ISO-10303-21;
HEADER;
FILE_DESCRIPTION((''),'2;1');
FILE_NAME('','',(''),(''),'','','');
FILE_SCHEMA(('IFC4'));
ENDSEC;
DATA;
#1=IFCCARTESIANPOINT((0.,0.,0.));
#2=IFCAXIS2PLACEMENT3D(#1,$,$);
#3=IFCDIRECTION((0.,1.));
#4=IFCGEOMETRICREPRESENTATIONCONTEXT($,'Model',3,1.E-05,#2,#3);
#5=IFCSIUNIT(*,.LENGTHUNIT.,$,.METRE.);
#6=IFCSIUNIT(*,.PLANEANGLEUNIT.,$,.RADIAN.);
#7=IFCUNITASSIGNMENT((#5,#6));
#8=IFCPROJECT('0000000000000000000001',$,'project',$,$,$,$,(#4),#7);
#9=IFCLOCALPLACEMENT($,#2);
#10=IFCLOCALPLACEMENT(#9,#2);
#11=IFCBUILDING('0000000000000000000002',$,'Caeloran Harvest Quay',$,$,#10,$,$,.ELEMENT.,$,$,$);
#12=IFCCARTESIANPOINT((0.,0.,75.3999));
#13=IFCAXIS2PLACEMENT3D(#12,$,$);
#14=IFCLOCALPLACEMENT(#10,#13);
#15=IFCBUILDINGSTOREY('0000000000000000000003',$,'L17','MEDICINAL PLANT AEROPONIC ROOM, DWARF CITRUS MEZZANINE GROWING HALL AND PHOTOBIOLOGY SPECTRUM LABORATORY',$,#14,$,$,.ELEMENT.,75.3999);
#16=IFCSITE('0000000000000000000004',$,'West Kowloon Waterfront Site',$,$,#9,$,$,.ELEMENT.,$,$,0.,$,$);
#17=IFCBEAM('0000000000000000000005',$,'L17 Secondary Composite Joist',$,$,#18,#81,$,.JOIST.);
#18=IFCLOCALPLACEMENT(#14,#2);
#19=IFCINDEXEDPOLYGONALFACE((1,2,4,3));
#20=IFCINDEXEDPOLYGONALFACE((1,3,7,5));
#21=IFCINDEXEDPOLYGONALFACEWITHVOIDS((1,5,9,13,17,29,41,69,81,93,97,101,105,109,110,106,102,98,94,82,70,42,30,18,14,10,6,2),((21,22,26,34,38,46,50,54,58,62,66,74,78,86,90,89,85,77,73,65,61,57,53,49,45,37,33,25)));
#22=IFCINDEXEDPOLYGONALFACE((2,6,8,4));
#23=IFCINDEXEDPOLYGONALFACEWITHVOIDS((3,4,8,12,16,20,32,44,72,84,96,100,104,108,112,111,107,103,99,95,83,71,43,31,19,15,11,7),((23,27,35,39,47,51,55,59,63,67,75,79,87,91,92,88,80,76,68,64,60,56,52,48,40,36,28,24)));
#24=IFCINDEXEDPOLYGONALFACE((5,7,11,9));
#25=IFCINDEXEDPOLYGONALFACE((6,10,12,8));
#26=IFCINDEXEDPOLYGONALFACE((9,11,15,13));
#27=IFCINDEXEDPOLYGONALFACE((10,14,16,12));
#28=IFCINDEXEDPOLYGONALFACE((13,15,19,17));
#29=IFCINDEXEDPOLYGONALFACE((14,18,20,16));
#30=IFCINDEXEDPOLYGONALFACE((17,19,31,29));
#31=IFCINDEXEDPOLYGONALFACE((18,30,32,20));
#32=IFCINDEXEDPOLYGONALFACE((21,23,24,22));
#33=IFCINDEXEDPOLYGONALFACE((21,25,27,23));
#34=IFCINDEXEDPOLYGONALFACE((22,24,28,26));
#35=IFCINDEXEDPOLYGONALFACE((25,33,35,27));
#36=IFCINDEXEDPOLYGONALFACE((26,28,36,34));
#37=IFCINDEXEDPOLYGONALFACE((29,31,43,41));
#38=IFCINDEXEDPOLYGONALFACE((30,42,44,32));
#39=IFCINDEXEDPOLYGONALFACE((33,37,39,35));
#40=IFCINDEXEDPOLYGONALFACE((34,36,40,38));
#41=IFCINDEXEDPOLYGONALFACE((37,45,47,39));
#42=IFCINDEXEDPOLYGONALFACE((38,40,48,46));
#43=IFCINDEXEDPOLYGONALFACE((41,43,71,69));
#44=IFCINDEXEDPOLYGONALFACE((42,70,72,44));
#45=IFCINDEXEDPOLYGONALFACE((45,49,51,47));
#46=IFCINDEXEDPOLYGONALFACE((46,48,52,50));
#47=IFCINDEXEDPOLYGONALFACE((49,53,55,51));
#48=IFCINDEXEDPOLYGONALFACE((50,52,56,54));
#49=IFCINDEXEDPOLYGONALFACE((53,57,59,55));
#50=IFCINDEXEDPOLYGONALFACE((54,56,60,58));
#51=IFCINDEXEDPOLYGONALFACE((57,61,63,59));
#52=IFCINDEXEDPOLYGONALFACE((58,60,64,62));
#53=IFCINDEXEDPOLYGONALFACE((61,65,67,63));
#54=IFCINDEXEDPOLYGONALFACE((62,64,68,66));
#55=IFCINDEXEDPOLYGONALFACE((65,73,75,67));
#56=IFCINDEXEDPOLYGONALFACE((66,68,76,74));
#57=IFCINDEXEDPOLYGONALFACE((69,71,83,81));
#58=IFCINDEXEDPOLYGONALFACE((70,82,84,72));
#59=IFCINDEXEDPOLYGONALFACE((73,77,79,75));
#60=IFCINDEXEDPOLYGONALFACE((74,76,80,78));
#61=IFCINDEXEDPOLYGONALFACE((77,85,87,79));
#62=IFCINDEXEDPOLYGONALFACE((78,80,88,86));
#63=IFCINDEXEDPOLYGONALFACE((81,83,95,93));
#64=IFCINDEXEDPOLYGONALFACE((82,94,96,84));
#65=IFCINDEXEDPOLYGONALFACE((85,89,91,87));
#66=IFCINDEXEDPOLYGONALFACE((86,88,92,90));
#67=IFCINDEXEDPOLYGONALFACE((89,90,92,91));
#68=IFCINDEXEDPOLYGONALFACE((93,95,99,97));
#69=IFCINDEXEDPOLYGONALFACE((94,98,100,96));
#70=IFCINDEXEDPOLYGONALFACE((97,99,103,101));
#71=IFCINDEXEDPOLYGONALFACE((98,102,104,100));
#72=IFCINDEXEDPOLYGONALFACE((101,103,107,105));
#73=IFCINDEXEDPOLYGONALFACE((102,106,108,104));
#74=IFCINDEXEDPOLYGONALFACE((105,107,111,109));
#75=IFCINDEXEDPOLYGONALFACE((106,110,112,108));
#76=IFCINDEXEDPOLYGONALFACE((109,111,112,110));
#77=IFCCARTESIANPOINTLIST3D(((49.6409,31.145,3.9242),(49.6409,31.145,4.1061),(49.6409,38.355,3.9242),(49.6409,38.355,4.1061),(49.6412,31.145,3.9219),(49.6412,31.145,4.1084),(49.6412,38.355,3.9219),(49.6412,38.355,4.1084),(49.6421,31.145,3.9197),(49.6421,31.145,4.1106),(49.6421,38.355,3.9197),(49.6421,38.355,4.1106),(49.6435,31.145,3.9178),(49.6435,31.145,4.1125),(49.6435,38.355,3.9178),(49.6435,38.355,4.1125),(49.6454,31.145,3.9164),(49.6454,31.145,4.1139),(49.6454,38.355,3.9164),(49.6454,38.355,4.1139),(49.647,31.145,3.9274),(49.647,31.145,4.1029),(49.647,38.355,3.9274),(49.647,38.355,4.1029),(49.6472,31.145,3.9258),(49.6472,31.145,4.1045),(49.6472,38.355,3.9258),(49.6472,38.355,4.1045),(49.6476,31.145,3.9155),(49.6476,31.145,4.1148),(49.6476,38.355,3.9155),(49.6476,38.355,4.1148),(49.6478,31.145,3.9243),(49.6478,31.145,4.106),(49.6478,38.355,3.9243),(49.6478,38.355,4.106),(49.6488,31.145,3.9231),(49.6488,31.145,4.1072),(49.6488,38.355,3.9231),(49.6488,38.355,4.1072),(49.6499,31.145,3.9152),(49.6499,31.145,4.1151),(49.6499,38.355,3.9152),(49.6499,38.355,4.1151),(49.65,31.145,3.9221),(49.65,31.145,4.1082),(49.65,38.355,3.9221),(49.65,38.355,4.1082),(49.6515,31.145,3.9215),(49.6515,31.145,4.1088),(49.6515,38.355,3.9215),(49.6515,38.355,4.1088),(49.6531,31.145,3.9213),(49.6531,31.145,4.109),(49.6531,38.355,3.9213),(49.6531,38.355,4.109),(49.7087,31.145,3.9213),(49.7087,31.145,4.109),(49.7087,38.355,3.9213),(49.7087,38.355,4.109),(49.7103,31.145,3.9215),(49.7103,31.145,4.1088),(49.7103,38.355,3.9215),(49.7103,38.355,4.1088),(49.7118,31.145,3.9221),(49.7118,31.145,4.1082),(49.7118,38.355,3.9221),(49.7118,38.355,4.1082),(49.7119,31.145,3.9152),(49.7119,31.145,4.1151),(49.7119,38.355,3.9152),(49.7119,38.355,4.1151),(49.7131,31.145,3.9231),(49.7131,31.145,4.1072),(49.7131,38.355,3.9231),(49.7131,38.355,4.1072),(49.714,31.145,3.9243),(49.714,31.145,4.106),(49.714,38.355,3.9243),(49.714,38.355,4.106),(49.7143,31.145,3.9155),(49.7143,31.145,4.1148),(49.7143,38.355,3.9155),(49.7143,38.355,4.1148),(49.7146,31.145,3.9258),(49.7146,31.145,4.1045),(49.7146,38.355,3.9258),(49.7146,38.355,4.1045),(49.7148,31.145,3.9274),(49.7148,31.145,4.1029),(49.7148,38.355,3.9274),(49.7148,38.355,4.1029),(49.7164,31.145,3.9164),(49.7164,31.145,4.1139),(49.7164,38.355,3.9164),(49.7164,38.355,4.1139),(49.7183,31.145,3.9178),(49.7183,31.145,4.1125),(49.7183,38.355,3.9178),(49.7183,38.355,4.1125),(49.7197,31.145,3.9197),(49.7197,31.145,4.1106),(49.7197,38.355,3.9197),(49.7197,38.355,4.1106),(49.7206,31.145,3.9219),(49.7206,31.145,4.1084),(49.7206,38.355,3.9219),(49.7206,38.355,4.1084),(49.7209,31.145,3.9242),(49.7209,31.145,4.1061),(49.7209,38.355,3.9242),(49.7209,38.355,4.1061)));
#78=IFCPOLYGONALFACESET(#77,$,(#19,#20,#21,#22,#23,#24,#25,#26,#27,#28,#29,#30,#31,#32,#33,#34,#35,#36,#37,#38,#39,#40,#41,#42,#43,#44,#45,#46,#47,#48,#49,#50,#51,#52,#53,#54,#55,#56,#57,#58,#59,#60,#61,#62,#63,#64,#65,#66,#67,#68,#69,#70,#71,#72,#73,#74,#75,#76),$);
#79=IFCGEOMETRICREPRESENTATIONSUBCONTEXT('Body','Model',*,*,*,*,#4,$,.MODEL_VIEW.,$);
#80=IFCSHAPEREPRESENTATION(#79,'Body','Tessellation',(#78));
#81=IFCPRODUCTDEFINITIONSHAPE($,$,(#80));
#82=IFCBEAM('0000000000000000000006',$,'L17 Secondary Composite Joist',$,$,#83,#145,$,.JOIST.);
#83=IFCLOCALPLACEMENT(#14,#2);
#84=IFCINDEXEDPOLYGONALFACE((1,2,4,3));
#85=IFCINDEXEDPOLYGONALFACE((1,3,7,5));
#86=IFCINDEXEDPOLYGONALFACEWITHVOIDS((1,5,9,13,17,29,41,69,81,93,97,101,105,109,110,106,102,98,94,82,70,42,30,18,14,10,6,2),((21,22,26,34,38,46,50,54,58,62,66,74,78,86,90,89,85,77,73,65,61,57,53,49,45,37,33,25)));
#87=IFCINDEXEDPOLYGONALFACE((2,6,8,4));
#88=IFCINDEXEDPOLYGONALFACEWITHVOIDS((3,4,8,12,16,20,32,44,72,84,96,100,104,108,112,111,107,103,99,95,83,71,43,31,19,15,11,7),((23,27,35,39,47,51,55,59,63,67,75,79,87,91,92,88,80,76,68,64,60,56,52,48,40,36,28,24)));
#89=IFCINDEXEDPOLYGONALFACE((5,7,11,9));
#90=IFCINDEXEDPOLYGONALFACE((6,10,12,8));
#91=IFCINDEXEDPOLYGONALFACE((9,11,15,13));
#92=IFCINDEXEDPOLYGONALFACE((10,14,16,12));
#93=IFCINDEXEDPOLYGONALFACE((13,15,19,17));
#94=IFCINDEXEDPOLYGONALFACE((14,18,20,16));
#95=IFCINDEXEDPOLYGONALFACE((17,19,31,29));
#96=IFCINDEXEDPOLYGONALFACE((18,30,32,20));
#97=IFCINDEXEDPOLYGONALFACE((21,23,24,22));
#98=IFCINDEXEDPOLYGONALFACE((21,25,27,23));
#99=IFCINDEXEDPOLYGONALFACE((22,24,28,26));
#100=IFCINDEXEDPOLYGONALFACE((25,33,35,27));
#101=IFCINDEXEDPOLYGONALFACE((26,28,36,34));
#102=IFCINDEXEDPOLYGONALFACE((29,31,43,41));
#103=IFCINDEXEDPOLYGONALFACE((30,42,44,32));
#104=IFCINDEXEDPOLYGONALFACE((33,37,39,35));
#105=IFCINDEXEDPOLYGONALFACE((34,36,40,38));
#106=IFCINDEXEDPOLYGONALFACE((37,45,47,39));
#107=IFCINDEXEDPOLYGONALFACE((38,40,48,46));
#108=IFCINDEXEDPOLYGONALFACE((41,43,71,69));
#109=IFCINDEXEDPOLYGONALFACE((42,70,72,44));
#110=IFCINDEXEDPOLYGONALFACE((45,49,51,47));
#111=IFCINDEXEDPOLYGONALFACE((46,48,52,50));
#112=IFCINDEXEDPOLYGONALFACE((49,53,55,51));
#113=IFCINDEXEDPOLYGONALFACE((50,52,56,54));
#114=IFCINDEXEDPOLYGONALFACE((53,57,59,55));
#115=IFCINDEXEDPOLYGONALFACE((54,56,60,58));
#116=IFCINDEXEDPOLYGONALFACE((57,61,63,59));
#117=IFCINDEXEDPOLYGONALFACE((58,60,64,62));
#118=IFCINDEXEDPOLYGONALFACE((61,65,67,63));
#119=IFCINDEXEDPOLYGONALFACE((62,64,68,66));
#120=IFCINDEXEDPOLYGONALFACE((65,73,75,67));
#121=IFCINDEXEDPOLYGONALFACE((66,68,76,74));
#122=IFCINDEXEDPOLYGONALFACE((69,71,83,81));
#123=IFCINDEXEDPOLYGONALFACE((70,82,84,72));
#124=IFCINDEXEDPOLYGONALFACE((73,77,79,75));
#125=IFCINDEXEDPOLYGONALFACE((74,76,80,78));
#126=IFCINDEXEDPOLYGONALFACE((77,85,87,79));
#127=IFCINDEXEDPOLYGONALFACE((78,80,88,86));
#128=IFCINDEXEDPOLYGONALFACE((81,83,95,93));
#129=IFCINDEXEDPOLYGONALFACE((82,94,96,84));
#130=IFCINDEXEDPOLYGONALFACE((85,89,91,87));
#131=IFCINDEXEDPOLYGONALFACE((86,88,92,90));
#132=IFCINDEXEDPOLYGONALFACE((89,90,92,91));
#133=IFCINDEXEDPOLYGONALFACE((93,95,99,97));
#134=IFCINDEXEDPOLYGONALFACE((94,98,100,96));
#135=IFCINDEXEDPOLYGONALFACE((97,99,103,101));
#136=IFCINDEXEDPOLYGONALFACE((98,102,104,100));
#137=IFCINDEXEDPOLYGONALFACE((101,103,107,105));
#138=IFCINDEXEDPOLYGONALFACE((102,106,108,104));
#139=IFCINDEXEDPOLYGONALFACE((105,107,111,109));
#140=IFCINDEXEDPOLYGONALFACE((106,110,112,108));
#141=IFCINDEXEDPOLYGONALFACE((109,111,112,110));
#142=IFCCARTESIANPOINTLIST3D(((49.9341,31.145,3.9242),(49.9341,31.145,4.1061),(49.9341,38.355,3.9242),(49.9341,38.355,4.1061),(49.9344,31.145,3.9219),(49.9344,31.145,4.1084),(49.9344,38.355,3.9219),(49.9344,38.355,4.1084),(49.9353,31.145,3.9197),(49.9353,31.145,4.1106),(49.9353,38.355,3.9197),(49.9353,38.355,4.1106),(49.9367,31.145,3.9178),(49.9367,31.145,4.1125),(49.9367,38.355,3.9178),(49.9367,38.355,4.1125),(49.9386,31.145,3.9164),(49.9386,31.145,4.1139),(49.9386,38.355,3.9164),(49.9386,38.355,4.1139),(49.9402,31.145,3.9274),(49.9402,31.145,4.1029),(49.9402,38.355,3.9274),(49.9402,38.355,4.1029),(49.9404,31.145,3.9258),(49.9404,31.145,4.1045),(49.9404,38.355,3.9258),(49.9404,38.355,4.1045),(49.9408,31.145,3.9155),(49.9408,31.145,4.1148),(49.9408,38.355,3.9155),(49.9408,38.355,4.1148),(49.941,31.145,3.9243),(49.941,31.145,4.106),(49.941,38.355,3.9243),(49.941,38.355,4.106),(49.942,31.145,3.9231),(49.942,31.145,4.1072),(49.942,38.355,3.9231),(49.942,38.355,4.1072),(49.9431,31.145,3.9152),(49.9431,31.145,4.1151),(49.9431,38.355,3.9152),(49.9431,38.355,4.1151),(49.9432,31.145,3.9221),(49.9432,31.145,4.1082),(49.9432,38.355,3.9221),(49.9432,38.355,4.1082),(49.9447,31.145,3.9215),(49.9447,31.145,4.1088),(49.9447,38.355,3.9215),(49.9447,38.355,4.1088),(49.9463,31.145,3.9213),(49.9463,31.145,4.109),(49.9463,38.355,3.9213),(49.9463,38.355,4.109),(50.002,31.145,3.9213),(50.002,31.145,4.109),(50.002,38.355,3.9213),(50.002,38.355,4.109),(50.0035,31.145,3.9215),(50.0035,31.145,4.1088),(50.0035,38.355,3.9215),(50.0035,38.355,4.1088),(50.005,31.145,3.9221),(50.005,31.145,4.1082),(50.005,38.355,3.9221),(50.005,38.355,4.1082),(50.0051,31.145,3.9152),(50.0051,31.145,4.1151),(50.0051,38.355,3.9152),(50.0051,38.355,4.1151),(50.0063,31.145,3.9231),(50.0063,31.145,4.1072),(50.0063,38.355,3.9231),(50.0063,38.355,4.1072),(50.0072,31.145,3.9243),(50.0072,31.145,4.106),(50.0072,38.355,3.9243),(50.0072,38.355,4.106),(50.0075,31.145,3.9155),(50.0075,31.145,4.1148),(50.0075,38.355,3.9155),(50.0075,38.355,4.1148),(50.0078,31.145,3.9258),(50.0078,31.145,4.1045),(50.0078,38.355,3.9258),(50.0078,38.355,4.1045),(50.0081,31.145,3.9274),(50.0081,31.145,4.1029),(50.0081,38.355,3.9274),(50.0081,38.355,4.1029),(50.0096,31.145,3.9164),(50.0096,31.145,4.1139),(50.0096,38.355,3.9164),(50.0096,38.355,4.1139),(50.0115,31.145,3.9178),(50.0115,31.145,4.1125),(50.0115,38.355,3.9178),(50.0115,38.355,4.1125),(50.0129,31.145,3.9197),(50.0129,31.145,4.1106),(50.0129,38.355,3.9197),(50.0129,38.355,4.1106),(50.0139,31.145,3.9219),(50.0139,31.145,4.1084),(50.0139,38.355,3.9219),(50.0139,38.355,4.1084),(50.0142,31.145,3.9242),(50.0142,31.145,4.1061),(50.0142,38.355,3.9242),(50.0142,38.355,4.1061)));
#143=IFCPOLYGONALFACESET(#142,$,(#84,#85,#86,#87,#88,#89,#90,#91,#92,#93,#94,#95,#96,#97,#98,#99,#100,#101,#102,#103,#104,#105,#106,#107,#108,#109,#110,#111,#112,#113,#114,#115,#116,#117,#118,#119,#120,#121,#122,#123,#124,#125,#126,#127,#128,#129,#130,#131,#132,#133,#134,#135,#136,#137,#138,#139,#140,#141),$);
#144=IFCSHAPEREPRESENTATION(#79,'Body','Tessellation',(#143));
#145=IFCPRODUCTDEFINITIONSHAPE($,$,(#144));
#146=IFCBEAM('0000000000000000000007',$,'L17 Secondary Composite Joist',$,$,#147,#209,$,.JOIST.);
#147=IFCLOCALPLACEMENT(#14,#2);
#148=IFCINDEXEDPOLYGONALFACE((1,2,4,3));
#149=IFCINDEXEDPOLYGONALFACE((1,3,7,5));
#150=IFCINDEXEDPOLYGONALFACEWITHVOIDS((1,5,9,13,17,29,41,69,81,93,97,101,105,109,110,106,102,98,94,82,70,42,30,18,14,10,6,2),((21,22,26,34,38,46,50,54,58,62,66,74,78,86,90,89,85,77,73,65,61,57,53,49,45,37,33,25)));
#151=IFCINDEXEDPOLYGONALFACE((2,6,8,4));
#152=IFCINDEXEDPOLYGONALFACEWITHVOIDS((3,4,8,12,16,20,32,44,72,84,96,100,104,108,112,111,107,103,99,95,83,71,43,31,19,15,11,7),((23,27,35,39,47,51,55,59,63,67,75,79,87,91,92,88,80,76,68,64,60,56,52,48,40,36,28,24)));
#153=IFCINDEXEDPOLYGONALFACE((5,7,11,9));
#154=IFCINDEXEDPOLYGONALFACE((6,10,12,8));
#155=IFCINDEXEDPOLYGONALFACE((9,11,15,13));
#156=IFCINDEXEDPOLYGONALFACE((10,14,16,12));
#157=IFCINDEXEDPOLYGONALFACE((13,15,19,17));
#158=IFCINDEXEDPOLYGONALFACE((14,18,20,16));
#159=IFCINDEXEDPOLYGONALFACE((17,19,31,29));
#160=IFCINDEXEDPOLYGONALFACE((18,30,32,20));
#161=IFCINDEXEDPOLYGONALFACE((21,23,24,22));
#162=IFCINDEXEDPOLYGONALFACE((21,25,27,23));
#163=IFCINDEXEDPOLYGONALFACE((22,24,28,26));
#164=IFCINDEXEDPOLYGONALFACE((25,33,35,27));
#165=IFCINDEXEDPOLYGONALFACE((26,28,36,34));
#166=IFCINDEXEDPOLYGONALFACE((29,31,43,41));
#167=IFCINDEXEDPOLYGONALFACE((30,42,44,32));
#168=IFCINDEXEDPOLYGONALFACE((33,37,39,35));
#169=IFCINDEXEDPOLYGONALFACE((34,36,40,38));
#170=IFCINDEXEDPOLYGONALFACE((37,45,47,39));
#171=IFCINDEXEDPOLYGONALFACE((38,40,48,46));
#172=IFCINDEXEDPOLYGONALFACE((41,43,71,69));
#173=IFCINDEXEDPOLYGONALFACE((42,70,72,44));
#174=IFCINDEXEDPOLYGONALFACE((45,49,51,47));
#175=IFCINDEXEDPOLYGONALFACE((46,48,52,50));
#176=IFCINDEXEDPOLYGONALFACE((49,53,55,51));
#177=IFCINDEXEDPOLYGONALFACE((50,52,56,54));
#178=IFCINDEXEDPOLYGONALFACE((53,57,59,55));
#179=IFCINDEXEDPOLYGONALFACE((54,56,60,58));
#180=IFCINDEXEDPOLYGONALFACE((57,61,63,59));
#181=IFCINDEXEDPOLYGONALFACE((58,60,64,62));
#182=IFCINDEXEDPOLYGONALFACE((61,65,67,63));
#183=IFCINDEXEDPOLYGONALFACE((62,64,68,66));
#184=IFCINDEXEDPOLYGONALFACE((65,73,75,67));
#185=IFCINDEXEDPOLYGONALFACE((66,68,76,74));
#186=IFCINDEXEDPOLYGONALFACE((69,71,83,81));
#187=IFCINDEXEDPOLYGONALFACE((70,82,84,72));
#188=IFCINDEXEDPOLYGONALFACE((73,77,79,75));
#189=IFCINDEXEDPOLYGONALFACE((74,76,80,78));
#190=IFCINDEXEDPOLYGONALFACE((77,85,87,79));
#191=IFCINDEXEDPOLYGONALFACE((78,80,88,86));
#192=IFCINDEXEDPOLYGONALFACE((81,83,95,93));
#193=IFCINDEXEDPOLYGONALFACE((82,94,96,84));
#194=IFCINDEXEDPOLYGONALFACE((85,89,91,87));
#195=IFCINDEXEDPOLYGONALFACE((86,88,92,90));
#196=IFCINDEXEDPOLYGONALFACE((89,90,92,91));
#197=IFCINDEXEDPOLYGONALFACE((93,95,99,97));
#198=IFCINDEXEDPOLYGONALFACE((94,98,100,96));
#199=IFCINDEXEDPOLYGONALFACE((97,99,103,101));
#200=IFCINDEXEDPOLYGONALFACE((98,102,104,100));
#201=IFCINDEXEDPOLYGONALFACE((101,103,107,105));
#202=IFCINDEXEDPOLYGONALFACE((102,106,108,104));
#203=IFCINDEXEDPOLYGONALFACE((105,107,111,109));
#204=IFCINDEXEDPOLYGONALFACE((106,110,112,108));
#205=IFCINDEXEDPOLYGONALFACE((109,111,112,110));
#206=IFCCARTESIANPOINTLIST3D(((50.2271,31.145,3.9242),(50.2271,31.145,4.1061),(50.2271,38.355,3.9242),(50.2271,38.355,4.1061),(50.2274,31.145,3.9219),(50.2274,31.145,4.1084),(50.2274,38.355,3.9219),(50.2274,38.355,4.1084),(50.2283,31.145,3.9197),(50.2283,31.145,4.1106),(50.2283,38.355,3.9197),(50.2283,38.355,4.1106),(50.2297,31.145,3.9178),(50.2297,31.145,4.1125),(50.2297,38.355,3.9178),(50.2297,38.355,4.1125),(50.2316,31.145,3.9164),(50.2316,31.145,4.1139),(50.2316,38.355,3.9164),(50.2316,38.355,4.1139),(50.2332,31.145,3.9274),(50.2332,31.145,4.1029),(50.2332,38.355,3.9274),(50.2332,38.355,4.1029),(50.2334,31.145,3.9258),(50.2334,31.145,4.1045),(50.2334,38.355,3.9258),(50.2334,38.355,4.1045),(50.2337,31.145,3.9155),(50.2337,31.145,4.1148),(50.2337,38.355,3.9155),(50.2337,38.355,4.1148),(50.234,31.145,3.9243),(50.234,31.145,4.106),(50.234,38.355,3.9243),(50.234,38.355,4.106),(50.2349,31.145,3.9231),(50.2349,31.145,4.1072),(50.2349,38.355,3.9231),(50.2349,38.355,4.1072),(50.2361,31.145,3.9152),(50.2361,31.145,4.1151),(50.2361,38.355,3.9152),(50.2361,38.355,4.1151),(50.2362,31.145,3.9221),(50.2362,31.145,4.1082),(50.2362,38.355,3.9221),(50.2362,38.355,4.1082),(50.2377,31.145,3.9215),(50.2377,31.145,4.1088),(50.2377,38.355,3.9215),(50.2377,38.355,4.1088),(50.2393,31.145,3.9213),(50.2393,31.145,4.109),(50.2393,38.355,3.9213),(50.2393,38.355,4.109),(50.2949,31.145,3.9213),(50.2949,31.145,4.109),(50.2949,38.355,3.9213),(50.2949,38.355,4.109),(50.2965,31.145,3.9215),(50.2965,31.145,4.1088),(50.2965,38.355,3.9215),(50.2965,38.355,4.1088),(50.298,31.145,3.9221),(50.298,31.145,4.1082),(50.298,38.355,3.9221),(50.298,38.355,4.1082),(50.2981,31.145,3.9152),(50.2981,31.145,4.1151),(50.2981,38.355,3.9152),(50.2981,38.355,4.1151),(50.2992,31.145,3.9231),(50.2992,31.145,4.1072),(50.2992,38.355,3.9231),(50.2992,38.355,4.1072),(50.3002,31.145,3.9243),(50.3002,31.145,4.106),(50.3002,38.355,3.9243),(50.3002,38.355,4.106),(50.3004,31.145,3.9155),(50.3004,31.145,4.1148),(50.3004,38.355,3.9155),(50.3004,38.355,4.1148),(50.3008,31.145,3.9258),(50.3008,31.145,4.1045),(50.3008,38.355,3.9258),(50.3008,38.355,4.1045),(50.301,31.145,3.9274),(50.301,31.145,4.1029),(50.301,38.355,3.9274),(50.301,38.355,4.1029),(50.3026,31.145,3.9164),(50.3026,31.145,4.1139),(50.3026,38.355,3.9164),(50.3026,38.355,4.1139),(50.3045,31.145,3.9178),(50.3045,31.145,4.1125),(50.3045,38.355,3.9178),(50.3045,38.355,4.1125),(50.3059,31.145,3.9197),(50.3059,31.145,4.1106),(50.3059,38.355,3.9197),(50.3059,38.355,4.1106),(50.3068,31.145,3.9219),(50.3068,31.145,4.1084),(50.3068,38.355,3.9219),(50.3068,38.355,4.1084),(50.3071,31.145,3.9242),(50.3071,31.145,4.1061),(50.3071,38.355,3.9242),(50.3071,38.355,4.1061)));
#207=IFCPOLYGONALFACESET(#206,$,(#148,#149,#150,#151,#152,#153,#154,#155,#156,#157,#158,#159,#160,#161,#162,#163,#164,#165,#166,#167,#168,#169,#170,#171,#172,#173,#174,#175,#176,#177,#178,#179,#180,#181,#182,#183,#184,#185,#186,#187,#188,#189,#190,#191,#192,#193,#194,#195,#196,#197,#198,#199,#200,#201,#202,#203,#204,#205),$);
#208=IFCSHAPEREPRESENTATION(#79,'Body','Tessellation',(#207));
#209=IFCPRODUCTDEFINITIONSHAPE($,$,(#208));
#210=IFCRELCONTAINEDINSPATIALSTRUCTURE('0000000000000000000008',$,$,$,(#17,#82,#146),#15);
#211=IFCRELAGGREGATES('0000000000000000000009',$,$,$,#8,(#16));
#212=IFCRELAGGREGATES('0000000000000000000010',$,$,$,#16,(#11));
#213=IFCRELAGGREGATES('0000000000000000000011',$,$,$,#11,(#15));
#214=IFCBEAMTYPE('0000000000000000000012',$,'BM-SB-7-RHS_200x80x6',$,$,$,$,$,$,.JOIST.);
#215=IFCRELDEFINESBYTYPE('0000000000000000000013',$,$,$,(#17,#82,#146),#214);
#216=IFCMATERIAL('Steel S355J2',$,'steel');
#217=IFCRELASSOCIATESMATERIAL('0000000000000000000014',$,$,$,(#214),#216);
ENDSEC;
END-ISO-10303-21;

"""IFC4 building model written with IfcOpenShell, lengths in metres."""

from ifc_helpers import new_model, si_unit, direction, frame, origin, origin_2d, place, context, subcontext, project, spatial, hollow_rectangle, extrude, material, material_profile, profile_set, type_object, element, save


model = new_model("IFC4")

# Units and contexts
model_context = context("Model", 3, precision=1e-05, world=origin(), true_north=direction((0.0, 1.0)))
body_context = subcontext(model_context, "Body", "Model", "MODEL_VIEW")
ifc_project = project(units=[si_unit("LENGTHUNIT", "METRE"), si_unit("PLANEANGLEUNIT", "RADIAN")], contexts=[model_context])

# Site, building, storey
site_placement = place(None, origin())
site = spatial("IfcSite", under=ifc_project, at=site_placement, Name="West Kowloon Waterfront Site", CompositionType="ELEMENT", RefElevation=0.0)
building_placement = place(site_placement, origin())
building = spatial("IfcBuilding", under=site, at=building_placement, Name="Caeloran Harvest Quay", CompositionType="ELEMENT")
storey_placement = place(building_placement, frame((0.0, 0.0, 75.3999)))
storey = spatial("IfcBuildingStorey", under=building, at=storey_placement, Name="L17", Description="MEDICINAL PLANT AEROPONIC ROOM, DWARF CITRUS MEZZANINE GROWING HALL AND PHOTOBIOLOGY SPECTRUM LABORATORY", CompositionType="ELEMENT", Elevation=75.3999)

# Beams
ifc_material_1 = material(Name="Steel S355J2", Category="steel")
ifc_material_profile_1 = material_profile(ifc_material_1, hollow_rectangle(XDim=0.0801, YDim=0.2, WallThickness=0.0061, InnerFilletRadius=0.0061, OuterFilletRadius=0.009, at=origin_2d()), Name="RHS 200x80x6")
ifc_profile_set_1 = profile_set([ifc_material_profile_1], Name="Steel S355J2")
beam_type_1 = type_object("IfcBeamType", Name="BM-SB-7-RHS_200x80x6", PredefinedType="JOIST", material=ifc_profile_set_1)
for number, where, z_axis, x_axis, name in (
    (1, (49.6809, 31.145, 4.0151), (0.0, 1.0, 0.0), (-1.0, 0.0, 0.0), "L17 Secondary Composite Joist"),
    (2, (49.9741, 31.145, 4.0151), (0.0, 1.0, 0.0), (-1.0, 0.0, 0.0), "L17 Secondary Composite Joist"),
    (3, (50.2671, 31.145, 4.0151), (0.0, 1.0, 0.0), (-1.0, 0.0, 0.0), "L17 Secondary Composite Joist"),
):
    element("IfcBeam", number, at=place(storey_placement, frame(where, z_axis=z_axis, x_axis=x_axis)), inside=storey, type_object=beam_type_1, Name=name, PredefinedType="JOIST", context=body_context, shape_type="SweptSolid", body=[
        extrude(hollow_rectangle(XDim=0.0801, YDim=0.2, WallThickness=0.0061, InnerFilletRadius=0.0061, OuterFilletRadius=0.009, at=origin_2d()), origin(), (0.0, 0.0, 1.0), 7.21),
    ])

save(model, "model.ifc")
